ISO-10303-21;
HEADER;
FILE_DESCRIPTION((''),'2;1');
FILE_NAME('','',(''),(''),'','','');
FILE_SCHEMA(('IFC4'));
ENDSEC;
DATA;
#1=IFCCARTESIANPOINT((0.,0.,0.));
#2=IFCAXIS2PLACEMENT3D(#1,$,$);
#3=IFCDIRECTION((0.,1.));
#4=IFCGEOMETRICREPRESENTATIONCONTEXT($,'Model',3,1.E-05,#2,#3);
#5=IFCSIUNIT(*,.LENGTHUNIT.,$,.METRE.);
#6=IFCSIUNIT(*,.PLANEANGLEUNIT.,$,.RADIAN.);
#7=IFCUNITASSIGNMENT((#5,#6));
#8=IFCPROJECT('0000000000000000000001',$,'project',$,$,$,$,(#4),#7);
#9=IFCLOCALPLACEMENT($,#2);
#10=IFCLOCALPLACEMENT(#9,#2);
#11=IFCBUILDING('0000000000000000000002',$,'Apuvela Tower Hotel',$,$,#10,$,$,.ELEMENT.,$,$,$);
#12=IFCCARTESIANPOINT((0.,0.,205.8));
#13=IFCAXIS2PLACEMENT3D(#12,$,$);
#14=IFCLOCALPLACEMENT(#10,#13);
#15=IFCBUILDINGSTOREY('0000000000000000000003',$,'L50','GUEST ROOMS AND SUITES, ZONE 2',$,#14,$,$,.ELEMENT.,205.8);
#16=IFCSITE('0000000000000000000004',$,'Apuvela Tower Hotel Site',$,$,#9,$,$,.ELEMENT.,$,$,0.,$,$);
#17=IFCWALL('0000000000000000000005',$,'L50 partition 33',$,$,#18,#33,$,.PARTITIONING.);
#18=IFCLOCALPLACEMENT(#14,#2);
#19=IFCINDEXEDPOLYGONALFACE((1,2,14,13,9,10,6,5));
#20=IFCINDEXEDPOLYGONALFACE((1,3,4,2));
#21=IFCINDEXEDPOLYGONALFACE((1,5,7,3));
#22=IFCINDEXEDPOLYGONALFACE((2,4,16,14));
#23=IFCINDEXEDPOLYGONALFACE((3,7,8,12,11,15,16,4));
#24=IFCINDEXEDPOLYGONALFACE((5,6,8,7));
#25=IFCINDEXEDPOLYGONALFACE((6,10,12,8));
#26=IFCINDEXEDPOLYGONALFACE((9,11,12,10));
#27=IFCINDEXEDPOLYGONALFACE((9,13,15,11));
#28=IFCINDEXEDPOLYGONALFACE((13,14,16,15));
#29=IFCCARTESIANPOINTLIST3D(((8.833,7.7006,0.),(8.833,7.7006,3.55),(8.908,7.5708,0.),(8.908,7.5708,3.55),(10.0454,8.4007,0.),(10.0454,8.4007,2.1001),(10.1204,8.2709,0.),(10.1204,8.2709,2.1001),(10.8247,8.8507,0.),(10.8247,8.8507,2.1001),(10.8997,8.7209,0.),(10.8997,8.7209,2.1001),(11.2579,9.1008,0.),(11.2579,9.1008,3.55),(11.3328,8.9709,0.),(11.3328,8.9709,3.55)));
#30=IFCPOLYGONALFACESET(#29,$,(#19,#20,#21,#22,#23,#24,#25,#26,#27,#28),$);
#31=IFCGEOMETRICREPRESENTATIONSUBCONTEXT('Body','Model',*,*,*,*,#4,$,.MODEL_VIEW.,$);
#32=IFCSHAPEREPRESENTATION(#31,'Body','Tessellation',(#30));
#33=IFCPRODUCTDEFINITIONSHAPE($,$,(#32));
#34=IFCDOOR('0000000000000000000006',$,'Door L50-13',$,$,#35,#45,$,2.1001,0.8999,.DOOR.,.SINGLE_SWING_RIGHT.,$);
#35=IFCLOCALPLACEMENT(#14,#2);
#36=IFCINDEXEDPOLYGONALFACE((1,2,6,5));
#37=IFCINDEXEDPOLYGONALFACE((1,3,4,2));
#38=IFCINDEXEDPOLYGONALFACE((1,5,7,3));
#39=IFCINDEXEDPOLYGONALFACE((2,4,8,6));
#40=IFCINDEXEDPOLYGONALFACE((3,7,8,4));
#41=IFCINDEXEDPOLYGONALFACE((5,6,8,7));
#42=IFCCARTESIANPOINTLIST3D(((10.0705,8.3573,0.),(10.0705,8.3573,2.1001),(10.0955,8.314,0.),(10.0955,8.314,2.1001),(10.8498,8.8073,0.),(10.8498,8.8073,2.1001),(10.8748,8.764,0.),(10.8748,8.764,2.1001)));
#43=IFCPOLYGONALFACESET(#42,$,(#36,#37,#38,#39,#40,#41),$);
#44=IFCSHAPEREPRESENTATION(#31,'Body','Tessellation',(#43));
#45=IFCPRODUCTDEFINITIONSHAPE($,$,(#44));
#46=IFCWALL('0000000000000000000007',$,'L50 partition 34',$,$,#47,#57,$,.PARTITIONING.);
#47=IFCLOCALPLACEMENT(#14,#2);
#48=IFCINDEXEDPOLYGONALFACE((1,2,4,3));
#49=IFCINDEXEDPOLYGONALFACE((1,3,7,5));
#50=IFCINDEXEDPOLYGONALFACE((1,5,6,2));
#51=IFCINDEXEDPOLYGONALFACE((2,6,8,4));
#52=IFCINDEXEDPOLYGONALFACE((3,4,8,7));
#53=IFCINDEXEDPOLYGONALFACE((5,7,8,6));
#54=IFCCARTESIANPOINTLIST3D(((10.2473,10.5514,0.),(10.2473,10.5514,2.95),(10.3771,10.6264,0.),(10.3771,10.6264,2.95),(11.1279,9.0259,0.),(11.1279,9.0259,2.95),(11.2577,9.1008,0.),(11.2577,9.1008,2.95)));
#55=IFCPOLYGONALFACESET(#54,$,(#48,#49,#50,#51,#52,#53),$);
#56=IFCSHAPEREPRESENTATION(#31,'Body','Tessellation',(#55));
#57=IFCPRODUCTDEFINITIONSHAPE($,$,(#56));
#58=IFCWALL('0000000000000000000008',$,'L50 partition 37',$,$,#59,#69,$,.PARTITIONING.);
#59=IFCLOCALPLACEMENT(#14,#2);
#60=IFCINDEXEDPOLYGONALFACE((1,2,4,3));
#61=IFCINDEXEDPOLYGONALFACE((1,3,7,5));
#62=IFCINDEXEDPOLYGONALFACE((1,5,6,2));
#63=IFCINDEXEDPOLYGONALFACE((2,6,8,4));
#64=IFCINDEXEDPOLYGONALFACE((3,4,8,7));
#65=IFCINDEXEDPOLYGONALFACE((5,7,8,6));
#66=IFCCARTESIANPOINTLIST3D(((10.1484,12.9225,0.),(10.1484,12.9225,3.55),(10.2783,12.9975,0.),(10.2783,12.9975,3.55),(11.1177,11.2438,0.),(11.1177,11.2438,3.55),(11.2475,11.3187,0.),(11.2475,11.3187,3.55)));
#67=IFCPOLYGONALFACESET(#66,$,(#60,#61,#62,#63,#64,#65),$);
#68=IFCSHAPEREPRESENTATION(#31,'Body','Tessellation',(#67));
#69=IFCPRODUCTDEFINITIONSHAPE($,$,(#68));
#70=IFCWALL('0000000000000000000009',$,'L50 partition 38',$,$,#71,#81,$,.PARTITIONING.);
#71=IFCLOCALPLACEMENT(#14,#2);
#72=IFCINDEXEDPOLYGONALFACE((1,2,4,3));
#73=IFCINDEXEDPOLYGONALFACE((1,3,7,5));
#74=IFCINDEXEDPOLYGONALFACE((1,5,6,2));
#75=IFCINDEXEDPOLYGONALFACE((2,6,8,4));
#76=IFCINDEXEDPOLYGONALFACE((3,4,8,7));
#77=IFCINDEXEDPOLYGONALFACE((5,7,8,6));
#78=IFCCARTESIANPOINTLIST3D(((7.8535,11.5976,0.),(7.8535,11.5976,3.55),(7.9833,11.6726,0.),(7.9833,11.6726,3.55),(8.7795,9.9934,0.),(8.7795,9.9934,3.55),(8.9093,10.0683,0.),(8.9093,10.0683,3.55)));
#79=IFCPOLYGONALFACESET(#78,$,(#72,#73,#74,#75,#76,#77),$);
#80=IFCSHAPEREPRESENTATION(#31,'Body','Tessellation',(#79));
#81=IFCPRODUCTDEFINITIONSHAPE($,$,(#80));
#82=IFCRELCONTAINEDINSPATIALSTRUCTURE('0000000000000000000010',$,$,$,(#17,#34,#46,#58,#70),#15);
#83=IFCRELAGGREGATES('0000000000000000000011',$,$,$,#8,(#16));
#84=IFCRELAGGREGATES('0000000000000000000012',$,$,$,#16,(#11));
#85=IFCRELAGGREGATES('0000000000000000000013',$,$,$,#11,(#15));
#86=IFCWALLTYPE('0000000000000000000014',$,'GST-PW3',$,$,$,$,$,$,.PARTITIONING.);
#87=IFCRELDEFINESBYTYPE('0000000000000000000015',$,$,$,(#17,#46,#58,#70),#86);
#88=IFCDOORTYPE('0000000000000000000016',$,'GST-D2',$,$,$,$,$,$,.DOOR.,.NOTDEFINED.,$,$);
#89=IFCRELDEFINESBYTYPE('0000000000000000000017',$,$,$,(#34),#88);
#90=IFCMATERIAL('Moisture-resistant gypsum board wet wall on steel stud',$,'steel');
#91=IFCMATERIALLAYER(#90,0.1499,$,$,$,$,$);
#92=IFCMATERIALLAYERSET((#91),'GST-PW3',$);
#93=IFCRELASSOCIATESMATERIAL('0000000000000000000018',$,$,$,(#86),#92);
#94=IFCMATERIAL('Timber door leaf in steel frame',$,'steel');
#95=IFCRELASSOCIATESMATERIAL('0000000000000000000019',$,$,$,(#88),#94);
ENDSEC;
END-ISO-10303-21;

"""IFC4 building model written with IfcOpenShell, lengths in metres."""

from ifc_helpers import new_model, si_unit, direction, frame, frame_2d, origin, place, context, subcontext, project, spatial, rectangle, extrude, material, layer, layer_set, type_object, element, fill, save


model = new_model("IFC4")

# Units and contexts
model_context = context("Model", 3, precision=1e-05, world=origin(), true_north=direction((0.0, 1.0)))
body_context = subcontext(model_context, "Body", "Model", "MODEL_VIEW")
ifc_project = project(units=[si_unit("LENGTHUNIT", "METRE"), si_unit("PLANEANGLEUNIT", "RADIAN")], contexts=[model_context])

# Site, building, storey
site_placement = place(None, origin())
site = spatial("IfcSite", under=ifc_project, at=site_placement, Name="Apuvela Tower Hotel Site", CompositionType="ELEMENT", RefElevation=0.0)
building_placement = place(site_placement, origin())
building = spatial("IfcBuilding", under=site, at=building_placement, Name="Apuvela Tower Hotel", CompositionType="ELEMENT")
storey_placement = place(building_placement, frame((0.0, 0.0, 205.8)))
storey = spatial("IfcBuildingStorey", under=building, at=storey_placement, Name="L50", Description="GUEST ROOMS AND SUITES, ZONE 2", CompositionType="ELEMENT", Elevation=205.8)

# Wall, opening, door
ifc_material_1 = material(Name="Timber door leaf in steel frame", Category="steel")
ifc_material_2 = material(Name="Moisture-resistant gypsum board wet wall on steel stud", Category="steel")
ifc_layer_1 = layer(ifc_material_2, 0.1499)
ifc_layer_set_1 = layer_set([ifc_layer_1], Name="GST-PW3")
wall_type_1 = type_object("IfcWallType", Name="GST-PW3", PredefinedType="PARTITIONING", material=ifc_layer_set_1)
door_type_1 = type_object("IfcDoorType", Name="GST-D2", OperationType="NOTDEFINED", PredefinedType="DOOR", material=ifc_material_1)
wall_1_placement = place(storey_placement, frame((8.8706, 7.6357, 0.0), z_axis=(0.0, 0.0, 1.0), x_axis=(0.865997, 0.50005, 0.0)))
wall_1 = element("IfcWall", 1, at=wall_1_placement, inside=storey, type_object=wall_type_1, Name="L50 partition 33", PredefinedType="PARTITIONING", context=body_context, shape_type="SweptSolid", body=[
    extrude(rectangle(XDim=2.8, YDim=0.1499, at=frame_2d((1.3999, 0.0))), origin(), (0.0, 0.0, 1.0), 3.55),
])
opening_1_placement = place(wall_1_placement, frame((1.3999, 0.0, 0.0)))
opening_1 = element("IfcOpeningElement", 2, at=opening_1_placement, cuts=wall_1, PredefinedType="OPENING", context=body_context, shape_type="SweptSolid", body=[
    extrude(rectangle(XDim=0.8999, YDim=2.1001, at=frame_2d((0.45, 1.05))), frame((0.0, 0.085, 0.0), z_axis=(0.0, -1.0, 0.0), x_axis=(1.0, 0.0, 0.0)), (0.0, 0.0, 1.0), 0.1699),
])
door_1_placement = place(opening_1_placement, origin())
door_1 = element("IfcDoor", 3, at=door_1_placement, inside=storey, type_object=door_type_1, Name="Door L50-13", OperationType="SINGLE_SWING_RIGHT", OverallHeight=2.1001, OverallWidth=0.8999, PredefinedType="DOOR", context=body_context, shape_type="SweptSolid", body=[
    extrude(rectangle(XDim=0.8999, YDim=2.1001, at=frame_2d((0.45, 1.05))), frame((0.0, 0.0249, 0.0), z_axis=(0.0, -1.0, 0.0), x_axis=(1.0, 0.0, 0.0)), (0.0, 0.0, 1.0), 0.05),
])
fill(opening_1, door_1)

# Walls
wall_2_placement = place(storey_placement, frame((11.1929, 9.0632, 0.0), z_axis=(0.0, 0.0, 1.0), x_axis=(-0.49991, 0.866077, 0.0)))
element("IfcWall", 4, at=wall_2_placement, inside=storey, type_object=wall_type_1, Name="L50 partition 34", PredefinedType="PARTITIONING", context=body_context, shape_type="SweptSolid", body=[
    extrude(rectangle(XDim=1.7615, YDim=0.1499, at=frame_2d((0.8809, 0.0))), origin(), (0.0, 0.0, 1.0), 2.95),
])
wall_3_placement = place(storey_placement, frame((11.1826, 11.2812, 0.0), z_axis=(0.0, 0.0, 1.0), x_axis=(-0.500013, 0.866018, 0.0)))
element("IfcWall", 5, at=wall_3_placement, inside=storey, type_object=wall_type_1, Name="L50 partition 37", PredefinedType="PARTITIONING", context=body_context, shape_type="SweptSolid", body=[
    extrude(rectangle(XDim=1.9385, YDim=0.1499, at=frame_2d((0.9692, 0.0))), origin(), (0.0, 0.0, 1.0), 3.55),
])
wall_4_placement = place(storey_placement, frame((8.8445, 10.0308, 0.0), z_axis=(0.0, 0.0, 1.0), x_axis=(-0.499924, 0.866069, 0.0)))
element("IfcWall", 6, at=wall_4_placement, inside=storey, type_object=wall_type_1, Name="L50 partition 38", PredefinedType="PARTITIONING", context=body_context, shape_type="SweptSolid", body=[
    extrude(rectangle(XDim=1.8523, YDim=0.1499, at=frame_2d((0.9263, 0.0))), origin(), (0.0, 0.0, 1.0), 3.55),
])

save(model, "model.ifc")
